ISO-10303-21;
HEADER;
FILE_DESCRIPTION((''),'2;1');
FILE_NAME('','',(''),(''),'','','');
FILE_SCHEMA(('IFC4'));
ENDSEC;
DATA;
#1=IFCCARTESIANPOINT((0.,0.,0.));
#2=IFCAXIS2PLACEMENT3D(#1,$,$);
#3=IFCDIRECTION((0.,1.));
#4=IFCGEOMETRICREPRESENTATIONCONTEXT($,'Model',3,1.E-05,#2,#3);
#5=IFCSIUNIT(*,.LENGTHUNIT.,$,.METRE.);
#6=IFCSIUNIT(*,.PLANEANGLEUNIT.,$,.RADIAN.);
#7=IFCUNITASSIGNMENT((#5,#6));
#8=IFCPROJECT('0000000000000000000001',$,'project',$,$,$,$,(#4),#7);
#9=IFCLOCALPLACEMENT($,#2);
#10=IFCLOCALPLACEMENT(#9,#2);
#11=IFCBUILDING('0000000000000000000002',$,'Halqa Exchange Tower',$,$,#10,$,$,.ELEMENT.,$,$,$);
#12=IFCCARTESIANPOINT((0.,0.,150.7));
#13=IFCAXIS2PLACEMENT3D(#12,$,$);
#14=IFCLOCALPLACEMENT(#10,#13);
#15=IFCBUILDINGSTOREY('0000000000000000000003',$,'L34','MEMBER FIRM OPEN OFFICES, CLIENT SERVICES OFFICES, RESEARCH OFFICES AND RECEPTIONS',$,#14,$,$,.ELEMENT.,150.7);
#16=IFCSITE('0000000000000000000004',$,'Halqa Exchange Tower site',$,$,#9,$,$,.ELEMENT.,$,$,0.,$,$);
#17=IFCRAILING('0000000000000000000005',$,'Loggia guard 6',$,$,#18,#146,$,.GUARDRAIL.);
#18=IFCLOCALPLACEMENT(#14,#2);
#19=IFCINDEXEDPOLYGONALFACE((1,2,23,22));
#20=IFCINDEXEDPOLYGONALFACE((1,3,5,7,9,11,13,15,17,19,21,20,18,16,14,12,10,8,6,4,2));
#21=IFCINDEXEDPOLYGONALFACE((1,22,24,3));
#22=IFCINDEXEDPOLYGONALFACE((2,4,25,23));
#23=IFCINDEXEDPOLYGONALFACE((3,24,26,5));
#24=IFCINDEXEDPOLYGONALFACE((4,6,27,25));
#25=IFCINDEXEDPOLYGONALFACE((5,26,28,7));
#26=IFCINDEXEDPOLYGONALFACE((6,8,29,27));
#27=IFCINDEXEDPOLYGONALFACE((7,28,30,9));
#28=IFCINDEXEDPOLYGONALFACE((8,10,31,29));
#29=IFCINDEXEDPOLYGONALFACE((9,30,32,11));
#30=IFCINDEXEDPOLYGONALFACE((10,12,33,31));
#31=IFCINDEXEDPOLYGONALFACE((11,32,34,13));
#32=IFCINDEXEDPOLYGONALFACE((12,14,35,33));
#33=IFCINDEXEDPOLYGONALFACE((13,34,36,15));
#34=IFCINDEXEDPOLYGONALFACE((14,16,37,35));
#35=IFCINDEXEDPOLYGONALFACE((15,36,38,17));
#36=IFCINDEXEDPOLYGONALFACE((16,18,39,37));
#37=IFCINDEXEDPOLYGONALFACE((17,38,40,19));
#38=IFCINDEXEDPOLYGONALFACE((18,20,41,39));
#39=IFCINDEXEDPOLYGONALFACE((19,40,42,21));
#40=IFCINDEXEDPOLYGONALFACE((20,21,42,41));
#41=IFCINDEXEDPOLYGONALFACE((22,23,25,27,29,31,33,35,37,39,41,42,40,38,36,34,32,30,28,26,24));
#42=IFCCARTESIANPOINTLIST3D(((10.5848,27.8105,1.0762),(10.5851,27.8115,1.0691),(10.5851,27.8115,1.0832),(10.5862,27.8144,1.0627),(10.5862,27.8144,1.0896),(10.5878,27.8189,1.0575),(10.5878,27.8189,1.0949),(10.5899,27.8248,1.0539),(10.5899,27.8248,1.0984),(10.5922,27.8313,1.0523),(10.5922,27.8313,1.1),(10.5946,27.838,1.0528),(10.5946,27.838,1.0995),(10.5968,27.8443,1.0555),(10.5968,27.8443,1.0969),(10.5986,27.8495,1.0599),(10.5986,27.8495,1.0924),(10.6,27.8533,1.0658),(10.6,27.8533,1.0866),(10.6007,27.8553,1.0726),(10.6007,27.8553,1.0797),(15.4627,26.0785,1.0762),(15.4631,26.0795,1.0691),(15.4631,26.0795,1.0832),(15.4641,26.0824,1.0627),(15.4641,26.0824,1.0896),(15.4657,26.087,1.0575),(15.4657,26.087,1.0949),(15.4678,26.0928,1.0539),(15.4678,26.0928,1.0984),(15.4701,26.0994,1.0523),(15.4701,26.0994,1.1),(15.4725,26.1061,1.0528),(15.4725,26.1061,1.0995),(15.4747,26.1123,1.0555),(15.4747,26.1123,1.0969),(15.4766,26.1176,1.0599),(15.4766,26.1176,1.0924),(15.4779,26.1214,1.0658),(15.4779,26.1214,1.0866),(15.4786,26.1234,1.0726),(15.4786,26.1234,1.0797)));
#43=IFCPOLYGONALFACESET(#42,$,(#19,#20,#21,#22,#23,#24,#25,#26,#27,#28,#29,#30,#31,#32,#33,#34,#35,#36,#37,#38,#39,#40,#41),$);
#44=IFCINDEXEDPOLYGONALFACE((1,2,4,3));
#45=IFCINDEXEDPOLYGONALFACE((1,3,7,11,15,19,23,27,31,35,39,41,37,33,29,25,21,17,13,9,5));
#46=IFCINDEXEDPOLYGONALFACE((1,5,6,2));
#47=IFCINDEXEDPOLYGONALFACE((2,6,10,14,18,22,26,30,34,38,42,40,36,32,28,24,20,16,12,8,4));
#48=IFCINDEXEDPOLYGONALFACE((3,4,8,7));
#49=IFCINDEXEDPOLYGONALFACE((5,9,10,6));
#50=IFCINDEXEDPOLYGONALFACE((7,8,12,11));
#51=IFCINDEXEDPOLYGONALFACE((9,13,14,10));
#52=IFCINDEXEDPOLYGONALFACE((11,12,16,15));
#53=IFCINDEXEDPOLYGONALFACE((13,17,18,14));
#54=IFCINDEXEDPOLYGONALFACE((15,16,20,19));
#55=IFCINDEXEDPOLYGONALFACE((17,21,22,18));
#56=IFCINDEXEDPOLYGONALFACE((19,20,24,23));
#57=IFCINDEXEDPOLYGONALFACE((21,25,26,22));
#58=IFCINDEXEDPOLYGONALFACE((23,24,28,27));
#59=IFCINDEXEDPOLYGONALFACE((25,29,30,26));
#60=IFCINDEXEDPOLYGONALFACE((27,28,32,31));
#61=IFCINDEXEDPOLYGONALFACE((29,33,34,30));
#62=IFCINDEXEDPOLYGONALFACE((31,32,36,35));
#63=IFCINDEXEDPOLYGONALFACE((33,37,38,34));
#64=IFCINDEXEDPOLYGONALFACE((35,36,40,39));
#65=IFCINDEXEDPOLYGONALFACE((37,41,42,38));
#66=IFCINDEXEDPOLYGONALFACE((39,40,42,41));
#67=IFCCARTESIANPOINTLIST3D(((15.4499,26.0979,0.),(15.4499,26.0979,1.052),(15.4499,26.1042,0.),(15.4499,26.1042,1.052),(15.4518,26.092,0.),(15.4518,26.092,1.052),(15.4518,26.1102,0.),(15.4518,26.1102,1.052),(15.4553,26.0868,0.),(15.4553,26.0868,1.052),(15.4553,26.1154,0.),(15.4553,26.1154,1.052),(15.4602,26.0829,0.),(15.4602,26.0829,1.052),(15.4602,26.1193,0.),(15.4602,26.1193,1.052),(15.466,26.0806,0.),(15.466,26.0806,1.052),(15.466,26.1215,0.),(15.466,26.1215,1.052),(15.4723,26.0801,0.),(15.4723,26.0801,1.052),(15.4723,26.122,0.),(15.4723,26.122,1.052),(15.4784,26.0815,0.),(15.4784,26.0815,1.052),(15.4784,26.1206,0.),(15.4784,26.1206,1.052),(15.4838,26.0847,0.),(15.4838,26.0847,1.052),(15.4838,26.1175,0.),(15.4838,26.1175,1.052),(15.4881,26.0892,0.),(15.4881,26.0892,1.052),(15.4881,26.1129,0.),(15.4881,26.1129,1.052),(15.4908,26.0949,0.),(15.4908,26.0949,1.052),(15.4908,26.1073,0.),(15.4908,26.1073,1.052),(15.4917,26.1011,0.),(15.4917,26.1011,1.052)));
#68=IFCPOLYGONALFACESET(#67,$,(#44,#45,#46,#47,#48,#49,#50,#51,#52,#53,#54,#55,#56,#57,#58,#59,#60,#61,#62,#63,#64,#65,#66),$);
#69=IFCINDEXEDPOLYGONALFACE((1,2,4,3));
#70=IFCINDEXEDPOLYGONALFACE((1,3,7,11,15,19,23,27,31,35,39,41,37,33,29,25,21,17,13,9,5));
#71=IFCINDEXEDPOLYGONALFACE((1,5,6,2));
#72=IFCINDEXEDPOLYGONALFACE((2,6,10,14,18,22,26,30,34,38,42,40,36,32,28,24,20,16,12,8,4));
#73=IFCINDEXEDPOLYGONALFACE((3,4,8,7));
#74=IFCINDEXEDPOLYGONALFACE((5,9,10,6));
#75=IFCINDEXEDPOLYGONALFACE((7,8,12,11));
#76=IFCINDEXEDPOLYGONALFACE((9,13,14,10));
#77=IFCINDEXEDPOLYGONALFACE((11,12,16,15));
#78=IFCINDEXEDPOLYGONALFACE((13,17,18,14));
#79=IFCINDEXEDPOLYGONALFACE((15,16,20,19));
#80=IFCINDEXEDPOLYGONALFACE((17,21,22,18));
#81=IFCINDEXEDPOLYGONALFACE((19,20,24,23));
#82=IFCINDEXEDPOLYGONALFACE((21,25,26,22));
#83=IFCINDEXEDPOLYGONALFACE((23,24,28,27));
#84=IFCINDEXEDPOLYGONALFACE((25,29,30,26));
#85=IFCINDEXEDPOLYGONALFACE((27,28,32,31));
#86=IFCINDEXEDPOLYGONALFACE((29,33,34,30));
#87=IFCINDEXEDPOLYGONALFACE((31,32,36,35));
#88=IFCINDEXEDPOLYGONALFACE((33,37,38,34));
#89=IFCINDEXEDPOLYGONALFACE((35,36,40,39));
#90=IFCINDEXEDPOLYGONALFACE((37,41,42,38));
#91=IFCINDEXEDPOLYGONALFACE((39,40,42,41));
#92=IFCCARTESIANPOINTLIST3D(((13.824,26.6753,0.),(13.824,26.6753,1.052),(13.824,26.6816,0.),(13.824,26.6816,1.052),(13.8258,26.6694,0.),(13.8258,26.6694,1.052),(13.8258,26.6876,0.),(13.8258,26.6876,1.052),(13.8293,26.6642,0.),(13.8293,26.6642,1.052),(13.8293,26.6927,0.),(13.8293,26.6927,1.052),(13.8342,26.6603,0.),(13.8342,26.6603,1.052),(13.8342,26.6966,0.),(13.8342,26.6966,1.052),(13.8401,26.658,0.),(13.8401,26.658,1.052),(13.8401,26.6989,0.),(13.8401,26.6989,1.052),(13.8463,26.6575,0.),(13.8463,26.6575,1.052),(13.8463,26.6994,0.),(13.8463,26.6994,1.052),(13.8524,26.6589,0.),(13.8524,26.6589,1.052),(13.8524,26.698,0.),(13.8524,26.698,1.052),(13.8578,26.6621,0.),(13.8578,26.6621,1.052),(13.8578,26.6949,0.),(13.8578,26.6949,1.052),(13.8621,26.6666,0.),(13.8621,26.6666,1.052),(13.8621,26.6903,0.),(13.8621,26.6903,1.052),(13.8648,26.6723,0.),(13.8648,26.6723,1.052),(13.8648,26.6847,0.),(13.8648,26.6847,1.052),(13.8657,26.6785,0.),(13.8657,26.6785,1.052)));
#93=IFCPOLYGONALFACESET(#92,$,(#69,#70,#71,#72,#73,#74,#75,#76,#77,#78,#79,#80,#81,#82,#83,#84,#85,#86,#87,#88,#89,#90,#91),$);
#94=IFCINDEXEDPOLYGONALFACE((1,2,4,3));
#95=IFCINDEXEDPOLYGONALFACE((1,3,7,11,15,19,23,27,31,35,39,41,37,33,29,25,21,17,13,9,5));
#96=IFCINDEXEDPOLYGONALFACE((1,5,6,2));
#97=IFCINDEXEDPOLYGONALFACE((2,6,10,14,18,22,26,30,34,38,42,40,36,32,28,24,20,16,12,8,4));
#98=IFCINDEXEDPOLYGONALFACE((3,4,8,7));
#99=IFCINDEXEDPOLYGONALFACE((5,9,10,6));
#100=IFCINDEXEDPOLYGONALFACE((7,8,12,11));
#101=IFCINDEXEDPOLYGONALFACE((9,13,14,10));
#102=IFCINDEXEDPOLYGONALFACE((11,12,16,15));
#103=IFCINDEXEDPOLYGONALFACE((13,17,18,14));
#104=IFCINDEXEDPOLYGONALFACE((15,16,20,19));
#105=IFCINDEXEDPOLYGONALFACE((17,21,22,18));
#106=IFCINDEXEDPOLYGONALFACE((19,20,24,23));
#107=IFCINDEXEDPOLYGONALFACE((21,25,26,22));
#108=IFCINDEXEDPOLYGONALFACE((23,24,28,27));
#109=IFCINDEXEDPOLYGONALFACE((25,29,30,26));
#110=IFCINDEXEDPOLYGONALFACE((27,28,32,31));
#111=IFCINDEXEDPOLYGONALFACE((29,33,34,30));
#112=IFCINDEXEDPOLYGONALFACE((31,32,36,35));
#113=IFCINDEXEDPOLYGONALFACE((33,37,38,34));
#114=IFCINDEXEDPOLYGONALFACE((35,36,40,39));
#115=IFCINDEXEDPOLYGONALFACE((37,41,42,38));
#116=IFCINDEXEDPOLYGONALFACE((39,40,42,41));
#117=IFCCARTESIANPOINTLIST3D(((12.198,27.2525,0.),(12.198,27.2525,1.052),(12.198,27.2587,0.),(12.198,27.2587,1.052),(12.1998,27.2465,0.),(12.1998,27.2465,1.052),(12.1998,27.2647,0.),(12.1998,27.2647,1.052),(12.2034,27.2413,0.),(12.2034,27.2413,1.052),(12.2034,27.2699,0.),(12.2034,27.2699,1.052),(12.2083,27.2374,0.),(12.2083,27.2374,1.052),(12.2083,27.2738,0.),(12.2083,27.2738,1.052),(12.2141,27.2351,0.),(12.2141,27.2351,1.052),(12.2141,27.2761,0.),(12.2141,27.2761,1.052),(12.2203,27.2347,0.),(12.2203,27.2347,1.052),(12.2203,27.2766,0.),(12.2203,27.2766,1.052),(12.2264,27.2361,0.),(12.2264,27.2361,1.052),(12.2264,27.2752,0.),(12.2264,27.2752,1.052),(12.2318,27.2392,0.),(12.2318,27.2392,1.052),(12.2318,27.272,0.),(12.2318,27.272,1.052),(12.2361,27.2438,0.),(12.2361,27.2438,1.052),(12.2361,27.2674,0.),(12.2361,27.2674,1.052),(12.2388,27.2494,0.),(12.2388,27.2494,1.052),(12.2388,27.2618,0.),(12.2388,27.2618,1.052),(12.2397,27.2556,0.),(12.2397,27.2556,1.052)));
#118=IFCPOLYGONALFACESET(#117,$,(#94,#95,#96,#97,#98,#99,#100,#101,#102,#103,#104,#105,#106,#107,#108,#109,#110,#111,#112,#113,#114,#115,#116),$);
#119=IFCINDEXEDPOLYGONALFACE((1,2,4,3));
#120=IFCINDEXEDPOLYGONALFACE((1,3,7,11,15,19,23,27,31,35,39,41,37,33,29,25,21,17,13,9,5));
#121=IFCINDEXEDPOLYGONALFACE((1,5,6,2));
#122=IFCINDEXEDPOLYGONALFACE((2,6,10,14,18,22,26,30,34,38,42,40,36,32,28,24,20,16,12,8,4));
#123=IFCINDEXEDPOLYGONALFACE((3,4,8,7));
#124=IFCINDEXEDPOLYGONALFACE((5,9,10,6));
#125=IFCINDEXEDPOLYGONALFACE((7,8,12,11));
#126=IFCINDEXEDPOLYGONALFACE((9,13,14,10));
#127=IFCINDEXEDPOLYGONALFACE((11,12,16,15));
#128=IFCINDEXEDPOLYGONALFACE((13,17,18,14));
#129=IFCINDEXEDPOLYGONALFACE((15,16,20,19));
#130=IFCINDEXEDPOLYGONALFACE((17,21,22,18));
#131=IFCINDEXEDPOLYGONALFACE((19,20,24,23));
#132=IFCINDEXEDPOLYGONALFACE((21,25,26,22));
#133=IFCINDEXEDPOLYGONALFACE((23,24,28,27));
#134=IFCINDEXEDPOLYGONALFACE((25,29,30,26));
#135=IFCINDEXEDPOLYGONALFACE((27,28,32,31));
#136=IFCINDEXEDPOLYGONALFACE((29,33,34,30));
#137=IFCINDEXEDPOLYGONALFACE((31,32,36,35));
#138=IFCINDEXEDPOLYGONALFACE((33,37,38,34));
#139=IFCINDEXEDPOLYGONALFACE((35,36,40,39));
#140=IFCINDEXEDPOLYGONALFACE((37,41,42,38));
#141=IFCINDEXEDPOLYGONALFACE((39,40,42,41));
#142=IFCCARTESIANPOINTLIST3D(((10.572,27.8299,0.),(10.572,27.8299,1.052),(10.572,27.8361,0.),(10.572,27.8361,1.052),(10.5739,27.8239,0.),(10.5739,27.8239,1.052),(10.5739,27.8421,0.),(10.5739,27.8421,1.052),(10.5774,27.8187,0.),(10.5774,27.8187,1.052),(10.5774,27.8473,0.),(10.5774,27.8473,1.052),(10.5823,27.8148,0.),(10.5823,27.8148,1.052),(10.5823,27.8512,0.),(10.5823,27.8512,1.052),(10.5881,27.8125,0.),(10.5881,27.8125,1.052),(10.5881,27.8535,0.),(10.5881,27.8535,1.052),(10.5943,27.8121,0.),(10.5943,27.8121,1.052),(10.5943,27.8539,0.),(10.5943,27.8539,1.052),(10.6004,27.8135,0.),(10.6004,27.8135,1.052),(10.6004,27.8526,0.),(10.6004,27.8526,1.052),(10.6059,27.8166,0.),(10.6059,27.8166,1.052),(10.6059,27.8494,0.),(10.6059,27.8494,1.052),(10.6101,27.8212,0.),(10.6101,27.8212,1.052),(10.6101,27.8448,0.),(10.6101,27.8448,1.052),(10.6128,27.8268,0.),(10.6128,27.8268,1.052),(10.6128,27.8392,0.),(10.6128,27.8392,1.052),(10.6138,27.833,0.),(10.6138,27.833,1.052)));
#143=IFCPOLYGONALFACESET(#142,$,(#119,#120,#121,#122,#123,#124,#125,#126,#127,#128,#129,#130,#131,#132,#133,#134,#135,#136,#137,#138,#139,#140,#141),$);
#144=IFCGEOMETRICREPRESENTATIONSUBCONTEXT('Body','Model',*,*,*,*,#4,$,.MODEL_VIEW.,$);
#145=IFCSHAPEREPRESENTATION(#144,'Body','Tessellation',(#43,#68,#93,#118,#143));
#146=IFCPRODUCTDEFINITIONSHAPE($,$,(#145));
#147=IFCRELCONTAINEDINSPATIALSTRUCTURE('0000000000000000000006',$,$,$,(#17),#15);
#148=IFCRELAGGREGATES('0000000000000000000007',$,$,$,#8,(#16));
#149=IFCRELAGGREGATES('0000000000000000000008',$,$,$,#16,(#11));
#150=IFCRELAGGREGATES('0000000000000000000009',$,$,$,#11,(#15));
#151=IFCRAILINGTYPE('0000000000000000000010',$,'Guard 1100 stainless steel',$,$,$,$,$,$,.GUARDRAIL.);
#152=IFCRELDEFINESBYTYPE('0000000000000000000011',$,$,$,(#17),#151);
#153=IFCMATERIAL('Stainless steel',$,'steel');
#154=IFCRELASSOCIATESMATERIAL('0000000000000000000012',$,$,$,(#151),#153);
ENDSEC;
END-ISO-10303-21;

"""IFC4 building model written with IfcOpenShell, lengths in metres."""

from ifc_helpers import new_model, si_unit, direction, frame, origin, origin_2d, place, context, subcontext, project, spatial, circle, extrude, material, type_object, element, save


model = new_model("IFC4")

# Units and contexts
model_context = context("Model", 3, precision=1e-05, world=origin(), true_north=direction((0.0, 1.0)))
body_context = subcontext(model_context, "Body", "Model", "MODEL_VIEW")
ifc_project = project(units=[si_unit("LENGTHUNIT", "METRE"), si_unit("PLANEANGLEUNIT", "RADIAN")], contexts=[model_context])

# Site, building, storey
site_placement = place(None, origin())
site = spatial("IfcSite", under=ifc_project, at=site_placement, Name="Halqa Exchange Tower site", CompositionType="ELEMENT", RefElevation=0.0)
building_placement = place(site_placement, origin())
building = spatial("IfcBuilding", under=site, at=building_placement, Name="Halqa Exchange Tower", CompositionType="ELEMENT")
storey_placement = place(building_placement, frame((0.0, 0.0, 150.7)))
storey = spatial("IfcBuildingStorey", under=building, at=storey_placement, Name="L34", Description="MEMBER FIRM OPEN OFFICES, CLIENT SERVICES OFFICES, RESEARCH OFFICES AND RECEPTIONS", CompositionType="ELEMENT", Elevation=150.7)

# Railing
ifc_material_1 = material(Name="Stainless steel", Category="steel")
railing_type = type_object("IfcRailingType", Name="Guard 1100 stainless steel", PredefinedType="GUARDRAIL", material=ifc_material_1)
railing_1_placement = place(storey_placement, frame((15.4707, 26.1011, 0.0)))
element("IfcRailing", 1, at=railing_1_placement, inside=storey, type_object=railing_type, Name="Loggia guard 6", PredefinedType="GUARDRAIL", context=body_context, shape_type="SweptSolid", body=[
    extrude(circle(Radius=0.0239, at=origin_2d()), frame((0.0, 0.0, 1.0762), z_axis=(-0.942363, 0.334591, 0.0), x_axis=(-0.334591, -0.942363, 0.0)), (0.0, 0.0, 1.0), 5.1763),
    extrude(circle(Radius=0.021, at=origin_2d()), origin(), (0.0, 0.0, 1.0), 1.052),
    extrude(circle(Radius=0.021, at=origin_2d()), frame((-1.626, 0.5774, 0.0)), (0.0, 0.0, 1.0), 1.052),
    extrude(circle(Radius=0.021, at=origin_2d()), frame((-3.252, 1.1545, 0.0)), (0.0, 0.0, 1.0), 1.052),
    extrude(circle(Radius=0.021, at=origin_2d()), frame((-4.8779, 1.7319, 0.0)), (0.0, 0.0, 1.0), 1.052),
])

save(model, "model.ifc")
